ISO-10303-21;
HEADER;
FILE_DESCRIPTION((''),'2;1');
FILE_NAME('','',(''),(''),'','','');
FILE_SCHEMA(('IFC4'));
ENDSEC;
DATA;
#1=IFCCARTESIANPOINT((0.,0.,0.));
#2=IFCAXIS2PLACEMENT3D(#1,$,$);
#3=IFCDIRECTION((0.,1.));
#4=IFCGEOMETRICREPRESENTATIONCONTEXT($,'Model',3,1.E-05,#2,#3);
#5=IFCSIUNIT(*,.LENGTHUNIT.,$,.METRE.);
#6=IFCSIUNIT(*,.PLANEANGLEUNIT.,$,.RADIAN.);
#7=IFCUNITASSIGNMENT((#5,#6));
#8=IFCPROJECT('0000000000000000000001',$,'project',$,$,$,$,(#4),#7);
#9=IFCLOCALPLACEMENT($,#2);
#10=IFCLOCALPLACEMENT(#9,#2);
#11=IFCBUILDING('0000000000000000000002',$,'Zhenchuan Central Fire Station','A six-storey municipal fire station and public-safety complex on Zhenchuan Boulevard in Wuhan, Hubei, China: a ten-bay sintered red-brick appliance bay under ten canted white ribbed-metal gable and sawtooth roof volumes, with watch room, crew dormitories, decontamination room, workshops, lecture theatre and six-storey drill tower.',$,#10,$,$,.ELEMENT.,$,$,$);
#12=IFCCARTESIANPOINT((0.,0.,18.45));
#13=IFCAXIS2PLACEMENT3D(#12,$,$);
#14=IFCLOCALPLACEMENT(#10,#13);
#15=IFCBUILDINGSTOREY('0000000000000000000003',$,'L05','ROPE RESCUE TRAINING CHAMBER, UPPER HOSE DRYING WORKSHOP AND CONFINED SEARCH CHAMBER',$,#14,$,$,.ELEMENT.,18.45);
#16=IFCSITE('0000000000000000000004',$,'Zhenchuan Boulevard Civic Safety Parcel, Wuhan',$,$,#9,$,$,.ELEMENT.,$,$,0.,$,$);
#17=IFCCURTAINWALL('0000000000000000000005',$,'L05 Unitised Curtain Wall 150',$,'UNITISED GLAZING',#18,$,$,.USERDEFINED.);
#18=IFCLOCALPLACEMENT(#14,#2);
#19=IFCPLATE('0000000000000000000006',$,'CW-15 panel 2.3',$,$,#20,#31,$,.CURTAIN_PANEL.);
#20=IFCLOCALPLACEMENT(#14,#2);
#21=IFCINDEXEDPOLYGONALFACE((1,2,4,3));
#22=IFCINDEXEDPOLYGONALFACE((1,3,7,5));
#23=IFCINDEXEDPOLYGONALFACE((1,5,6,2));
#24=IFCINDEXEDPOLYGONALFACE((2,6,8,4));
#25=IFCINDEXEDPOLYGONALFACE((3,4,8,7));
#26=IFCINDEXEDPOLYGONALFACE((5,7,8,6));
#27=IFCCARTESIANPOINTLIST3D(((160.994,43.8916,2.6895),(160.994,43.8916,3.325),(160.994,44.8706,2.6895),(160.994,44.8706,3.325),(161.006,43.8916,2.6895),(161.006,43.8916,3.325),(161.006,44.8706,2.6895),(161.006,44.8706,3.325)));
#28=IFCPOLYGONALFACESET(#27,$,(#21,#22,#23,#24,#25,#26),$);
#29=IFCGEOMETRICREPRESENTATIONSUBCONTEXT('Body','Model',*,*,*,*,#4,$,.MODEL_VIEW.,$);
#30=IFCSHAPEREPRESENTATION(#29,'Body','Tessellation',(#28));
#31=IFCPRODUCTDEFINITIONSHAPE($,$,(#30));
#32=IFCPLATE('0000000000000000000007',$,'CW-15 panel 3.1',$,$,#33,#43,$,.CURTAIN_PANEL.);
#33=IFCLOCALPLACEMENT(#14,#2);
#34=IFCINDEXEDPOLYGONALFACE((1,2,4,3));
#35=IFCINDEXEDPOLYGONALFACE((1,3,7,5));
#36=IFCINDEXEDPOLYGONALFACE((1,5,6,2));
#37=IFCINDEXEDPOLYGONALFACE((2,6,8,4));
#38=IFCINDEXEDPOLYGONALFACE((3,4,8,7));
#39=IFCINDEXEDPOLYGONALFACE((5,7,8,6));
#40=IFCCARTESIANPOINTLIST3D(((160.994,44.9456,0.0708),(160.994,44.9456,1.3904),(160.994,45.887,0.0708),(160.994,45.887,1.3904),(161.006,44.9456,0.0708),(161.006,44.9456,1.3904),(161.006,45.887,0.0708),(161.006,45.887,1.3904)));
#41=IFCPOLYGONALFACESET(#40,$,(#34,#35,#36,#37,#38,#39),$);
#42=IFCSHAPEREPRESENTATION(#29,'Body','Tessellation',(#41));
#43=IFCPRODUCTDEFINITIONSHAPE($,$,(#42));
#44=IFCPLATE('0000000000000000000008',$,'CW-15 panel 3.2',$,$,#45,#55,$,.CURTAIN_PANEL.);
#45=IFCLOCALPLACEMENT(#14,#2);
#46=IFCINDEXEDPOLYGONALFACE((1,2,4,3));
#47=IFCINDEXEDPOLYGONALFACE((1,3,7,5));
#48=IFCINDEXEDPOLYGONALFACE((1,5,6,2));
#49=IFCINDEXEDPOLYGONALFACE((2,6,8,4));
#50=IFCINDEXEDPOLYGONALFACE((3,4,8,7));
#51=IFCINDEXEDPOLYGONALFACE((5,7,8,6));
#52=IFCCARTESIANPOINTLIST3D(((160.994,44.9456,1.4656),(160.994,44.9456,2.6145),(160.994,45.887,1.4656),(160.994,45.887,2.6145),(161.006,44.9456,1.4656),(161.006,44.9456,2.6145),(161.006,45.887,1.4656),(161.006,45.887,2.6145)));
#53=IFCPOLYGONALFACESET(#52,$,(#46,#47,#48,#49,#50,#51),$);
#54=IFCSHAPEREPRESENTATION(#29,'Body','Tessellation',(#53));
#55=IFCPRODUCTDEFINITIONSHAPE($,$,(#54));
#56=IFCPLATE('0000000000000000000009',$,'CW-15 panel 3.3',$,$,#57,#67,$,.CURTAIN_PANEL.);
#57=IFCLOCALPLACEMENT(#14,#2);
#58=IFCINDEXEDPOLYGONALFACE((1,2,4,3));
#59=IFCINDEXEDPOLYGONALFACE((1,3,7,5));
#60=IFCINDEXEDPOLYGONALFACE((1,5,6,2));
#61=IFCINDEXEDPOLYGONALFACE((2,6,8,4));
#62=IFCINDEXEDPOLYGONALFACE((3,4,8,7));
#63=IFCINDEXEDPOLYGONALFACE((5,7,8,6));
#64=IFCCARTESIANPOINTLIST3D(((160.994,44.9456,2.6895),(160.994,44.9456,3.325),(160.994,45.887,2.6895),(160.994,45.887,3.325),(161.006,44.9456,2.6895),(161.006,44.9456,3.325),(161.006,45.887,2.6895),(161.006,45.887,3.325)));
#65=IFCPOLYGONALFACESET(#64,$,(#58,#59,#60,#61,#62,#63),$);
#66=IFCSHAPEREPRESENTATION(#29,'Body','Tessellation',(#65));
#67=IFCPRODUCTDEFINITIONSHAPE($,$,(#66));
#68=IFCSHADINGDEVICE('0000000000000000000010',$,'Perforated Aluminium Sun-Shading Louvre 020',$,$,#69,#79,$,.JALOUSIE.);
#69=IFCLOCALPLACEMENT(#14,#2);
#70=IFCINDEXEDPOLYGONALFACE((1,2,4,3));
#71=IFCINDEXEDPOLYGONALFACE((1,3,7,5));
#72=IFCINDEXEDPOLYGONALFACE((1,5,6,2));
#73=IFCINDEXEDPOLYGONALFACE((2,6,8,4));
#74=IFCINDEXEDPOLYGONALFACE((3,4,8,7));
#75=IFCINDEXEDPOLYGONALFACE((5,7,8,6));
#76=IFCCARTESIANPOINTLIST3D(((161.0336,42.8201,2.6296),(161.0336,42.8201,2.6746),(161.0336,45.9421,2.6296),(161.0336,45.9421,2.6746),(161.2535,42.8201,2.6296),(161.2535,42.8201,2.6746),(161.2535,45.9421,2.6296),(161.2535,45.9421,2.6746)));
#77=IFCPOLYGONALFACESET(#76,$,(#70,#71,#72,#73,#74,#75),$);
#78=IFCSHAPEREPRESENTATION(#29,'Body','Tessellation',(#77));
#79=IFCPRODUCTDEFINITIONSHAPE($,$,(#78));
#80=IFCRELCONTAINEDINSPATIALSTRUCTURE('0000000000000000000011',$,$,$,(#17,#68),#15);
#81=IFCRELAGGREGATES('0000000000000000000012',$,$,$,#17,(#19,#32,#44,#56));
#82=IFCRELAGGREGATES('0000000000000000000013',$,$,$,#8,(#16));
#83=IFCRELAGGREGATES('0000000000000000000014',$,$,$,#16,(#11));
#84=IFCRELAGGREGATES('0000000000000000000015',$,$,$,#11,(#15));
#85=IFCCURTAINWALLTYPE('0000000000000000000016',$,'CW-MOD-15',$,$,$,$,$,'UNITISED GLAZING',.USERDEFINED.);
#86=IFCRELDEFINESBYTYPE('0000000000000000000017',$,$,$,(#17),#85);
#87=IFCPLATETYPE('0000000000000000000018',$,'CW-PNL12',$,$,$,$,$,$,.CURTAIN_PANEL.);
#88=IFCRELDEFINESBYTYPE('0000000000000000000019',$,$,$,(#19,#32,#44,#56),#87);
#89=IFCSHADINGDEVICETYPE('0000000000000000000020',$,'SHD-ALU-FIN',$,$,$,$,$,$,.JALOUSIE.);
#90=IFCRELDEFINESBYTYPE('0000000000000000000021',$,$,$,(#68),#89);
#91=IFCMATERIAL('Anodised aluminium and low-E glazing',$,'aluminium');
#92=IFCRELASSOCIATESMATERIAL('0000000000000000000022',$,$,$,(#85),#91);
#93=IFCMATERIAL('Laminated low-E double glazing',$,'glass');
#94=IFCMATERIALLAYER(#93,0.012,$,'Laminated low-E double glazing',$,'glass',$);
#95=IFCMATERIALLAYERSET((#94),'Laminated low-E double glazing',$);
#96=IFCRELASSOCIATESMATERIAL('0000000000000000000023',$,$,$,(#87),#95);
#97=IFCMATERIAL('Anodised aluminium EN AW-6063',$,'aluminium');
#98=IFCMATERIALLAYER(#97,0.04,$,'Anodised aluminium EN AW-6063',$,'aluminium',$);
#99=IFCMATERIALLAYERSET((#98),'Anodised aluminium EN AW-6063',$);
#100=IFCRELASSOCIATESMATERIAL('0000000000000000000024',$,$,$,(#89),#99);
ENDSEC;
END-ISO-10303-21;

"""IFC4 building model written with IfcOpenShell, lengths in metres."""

from ifc_helpers import new_model, si_unit, direction, frame, origin, origin_2d, place, context, subcontext, project, spatial, rectangle, extrude, material, layer, layer_set, type_object, element, aggregate, save


model = new_model("IFC4")

# Units and contexts
model_context = context("Model", 3, precision=1e-05, world=origin(), true_north=direction((0.0, 1.0)))
body_context = subcontext(model_context, "Body", "Model", "MODEL_VIEW")
ifc_project = project(units=[si_unit("LENGTHUNIT", "METRE"), si_unit("PLANEANGLEUNIT", "RADIAN")], contexts=[model_context])

# Site, building, storey
site_placement = place(None, origin())
site = spatial("IfcSite", under=ifc_project, at=site_placement, Name="Zhenchuan Boulevard Civic Safety Parcel, Wuhan", CompositionType="ELEMENT", RefElevation=0.0)
building_placement = place(site_placement, origin())
building = spatial("IfcBuilding", under=site, at=building_placement, Name="Zhenchuan Central Fire Station", Description="A six-storey municipal fire station and public-safety complex on Zhenchuan Boulevard in Wuhan, Hubei, China: a ten-bay sintered red-brick appliance bay under ten canted white ribbed-metal gable and sawtooth roof volumes, with watch room, crew dormitories, decontamination room, workshops, lecture theatre and six-storey drill tower.", CompositionType="ELEMENT")
storey_placement = place(building_placement, frame((0.0, 0.0, 18.45)))
storey = spatial("IfcBuildingStorey", under=building, at=storey_placement, Name="L05", Description="ROPE RESCUE TRAINING CHAMBER, UPPER HOSE DRYING WORKSHOP AND CONFINED SEARCH CHAMBER", CompositionType="ELEMENT", Elevation=18.45)

# Curtain wall
ifc_material_1 = material(Name="Anodised aluminium and low-E glazing", Category="aluminium")
curtain_wall_type_1 = type_object("IfcCurtainWallType", Name="CW-MOD-15", ElementType="UNITISED GLAZING", PredefinedType="USERDEFINED", material=ifc_material_1)
curtain_wall_1_placement = place(storey_placement, origin())
curtain_wall_1 = element("IfcCurtainWall", 1, at=curtain_wall_1_placement, inside=storey, type_object=curtain_wall_type_1, Name="L05 Unitised Curtain Wall 150", ObjectType="UNITISED GLAZING", PredefinedType="USERDEFINED")
ifc_material_2 = material(Name="Anodised aluminium EN AW-6063", Category="aluminium")

# Plates
ifc_material_3 = material(Name="Laminated low-E double glazing", Category="glass")
ifc_layer_1 = layer(ifc_material_3, 0.012, Name="Laminated low-E double glazing", Category="glass")
ifc_layer_set_1 = layer_set([ifc_layer_1], Name="Laminated low-E double glazing")
plate_type = type_object("IfcPlateType", Name="CW-PNL12", PredefinedType="CURTAIN_PANEL", material=ifc_layer_set_1)
plate_1_placement = place(storey_placement, frame((161.0, 44.3811, 2.6895), z_axis=(0.0, 0.0, 1.0), x_axis=(0.0, 1.0, 0.0)))
plate_1 = element("IfcPlate", 2, at=plate_1_placement, type_object=plate_type, Name="CW-15 panel 2.3", PredefinedType="CURTAIN_PANEL", context=body_context, shape_type="SweptSolid", body=[
    extrude(rectangle(XDim=0.979, YDim=0.012, at=origin_2d()), origin(), (0.0, 0.0, 1.0), 0.6355),
])
plate_2_placement = place(storey_placement, frame((161.0, 45.4163, 0.0708), z_axis=(0.0, 0.0, 1.0), x_axis=(0.0, 1.0, 0.0)))
plate_2 = element("IfcPlate", 3, at=plate_2_placement, type_object=plate_type, Name="CW-15 panel 3.1", PredefinedType="CURTAIN_PANEL", context=body_context, shape_type="SweptSolid", body=[
    extrude(rectangle(XDim=0.9414, YDim=0.012, at=origin_2d()), origin(), (0.0, 0.0, 1.0), 1.3196),
])
plate_3_placement = place(storey_placement, frame((161.0, 45.4163, 1.4656), z_axis=(0.0, 0.0, 1.0), x_axis=(0.0, 1.0, 0.0)))
plate_3 = element("IfcPlate", 4, at=plate_3_placement, type_object=plate_type, Name="CW-15 panel 3.2", PredefinedType="CURTAIN_PANEL", context=body_context, shape_type="SweptSolid", body=[
    extrude(rectangle(XDim=0.9414, YDim=0.012, at=origin_2d()), origin(), (0.0, 0.0, 1.0), 1.1489),
])
plate_4_placement = place(storey_placement, frame((161.0, 45.4163, 2.6895), z_axis=(0.0, 0.0, 1.0), x_axis=(0.0, 1.0, 0.0)))
plate_4 = element("IfcPlate", 5, at=plate_4_placement, type_object=plate_type, Name="CW-15 panel 3.3", PredefinedType="CURTAIN_PANEL", context=body_context, shape_type="SweptSolid", body=[
    extrude(rectangle(XDim=0.9414, YDim=0.012, at=origin_2d()), origin(), (0.0, 0.0, 1.0), 0.6355),
])
aggregate(curtain_wall_1, [plate_1, plate_2, plate_3, plate_4])

# Shading device
ifc_layer_2 = layer(ifc_material_2, 0.04, Name="Anodised aluminium EN AW-6063", Category="aluminium")
ifc_layer_set_2 = layer_set([ifc_layer_2], Name="Anodised aluminium EN AW-6063")
shading_device_type = type_object("IfcShadingDeviceType", Name="SHD-ALU-FIN", PredefinedType="JALOUSIE", material=ifc_layer_set_2)
shading_device_placement = place(storey_placement, frame((161.1436, 44.3811, 2.6296), z_axis=(0.0, 0.0, 1.0), x_axis=(0.0, 1.0, 0.0)))
element("IfcShadingDevice", 6, at=shading_device_placement, inside=storey, type_object=shading_device_type, Name="Perforated Aluminium Sun-Shading Louvre 020", PredefinedType="JALOUSIE", context=body_context, shape_type="SweptSolid", body=[
    extrude(rectangle(XDim=3.1221, YDim=0.22, at=origin_2d()), origin(), (0.0, 0.0, 1.0), 0.0449),
])

save(model, "model.ifc")
